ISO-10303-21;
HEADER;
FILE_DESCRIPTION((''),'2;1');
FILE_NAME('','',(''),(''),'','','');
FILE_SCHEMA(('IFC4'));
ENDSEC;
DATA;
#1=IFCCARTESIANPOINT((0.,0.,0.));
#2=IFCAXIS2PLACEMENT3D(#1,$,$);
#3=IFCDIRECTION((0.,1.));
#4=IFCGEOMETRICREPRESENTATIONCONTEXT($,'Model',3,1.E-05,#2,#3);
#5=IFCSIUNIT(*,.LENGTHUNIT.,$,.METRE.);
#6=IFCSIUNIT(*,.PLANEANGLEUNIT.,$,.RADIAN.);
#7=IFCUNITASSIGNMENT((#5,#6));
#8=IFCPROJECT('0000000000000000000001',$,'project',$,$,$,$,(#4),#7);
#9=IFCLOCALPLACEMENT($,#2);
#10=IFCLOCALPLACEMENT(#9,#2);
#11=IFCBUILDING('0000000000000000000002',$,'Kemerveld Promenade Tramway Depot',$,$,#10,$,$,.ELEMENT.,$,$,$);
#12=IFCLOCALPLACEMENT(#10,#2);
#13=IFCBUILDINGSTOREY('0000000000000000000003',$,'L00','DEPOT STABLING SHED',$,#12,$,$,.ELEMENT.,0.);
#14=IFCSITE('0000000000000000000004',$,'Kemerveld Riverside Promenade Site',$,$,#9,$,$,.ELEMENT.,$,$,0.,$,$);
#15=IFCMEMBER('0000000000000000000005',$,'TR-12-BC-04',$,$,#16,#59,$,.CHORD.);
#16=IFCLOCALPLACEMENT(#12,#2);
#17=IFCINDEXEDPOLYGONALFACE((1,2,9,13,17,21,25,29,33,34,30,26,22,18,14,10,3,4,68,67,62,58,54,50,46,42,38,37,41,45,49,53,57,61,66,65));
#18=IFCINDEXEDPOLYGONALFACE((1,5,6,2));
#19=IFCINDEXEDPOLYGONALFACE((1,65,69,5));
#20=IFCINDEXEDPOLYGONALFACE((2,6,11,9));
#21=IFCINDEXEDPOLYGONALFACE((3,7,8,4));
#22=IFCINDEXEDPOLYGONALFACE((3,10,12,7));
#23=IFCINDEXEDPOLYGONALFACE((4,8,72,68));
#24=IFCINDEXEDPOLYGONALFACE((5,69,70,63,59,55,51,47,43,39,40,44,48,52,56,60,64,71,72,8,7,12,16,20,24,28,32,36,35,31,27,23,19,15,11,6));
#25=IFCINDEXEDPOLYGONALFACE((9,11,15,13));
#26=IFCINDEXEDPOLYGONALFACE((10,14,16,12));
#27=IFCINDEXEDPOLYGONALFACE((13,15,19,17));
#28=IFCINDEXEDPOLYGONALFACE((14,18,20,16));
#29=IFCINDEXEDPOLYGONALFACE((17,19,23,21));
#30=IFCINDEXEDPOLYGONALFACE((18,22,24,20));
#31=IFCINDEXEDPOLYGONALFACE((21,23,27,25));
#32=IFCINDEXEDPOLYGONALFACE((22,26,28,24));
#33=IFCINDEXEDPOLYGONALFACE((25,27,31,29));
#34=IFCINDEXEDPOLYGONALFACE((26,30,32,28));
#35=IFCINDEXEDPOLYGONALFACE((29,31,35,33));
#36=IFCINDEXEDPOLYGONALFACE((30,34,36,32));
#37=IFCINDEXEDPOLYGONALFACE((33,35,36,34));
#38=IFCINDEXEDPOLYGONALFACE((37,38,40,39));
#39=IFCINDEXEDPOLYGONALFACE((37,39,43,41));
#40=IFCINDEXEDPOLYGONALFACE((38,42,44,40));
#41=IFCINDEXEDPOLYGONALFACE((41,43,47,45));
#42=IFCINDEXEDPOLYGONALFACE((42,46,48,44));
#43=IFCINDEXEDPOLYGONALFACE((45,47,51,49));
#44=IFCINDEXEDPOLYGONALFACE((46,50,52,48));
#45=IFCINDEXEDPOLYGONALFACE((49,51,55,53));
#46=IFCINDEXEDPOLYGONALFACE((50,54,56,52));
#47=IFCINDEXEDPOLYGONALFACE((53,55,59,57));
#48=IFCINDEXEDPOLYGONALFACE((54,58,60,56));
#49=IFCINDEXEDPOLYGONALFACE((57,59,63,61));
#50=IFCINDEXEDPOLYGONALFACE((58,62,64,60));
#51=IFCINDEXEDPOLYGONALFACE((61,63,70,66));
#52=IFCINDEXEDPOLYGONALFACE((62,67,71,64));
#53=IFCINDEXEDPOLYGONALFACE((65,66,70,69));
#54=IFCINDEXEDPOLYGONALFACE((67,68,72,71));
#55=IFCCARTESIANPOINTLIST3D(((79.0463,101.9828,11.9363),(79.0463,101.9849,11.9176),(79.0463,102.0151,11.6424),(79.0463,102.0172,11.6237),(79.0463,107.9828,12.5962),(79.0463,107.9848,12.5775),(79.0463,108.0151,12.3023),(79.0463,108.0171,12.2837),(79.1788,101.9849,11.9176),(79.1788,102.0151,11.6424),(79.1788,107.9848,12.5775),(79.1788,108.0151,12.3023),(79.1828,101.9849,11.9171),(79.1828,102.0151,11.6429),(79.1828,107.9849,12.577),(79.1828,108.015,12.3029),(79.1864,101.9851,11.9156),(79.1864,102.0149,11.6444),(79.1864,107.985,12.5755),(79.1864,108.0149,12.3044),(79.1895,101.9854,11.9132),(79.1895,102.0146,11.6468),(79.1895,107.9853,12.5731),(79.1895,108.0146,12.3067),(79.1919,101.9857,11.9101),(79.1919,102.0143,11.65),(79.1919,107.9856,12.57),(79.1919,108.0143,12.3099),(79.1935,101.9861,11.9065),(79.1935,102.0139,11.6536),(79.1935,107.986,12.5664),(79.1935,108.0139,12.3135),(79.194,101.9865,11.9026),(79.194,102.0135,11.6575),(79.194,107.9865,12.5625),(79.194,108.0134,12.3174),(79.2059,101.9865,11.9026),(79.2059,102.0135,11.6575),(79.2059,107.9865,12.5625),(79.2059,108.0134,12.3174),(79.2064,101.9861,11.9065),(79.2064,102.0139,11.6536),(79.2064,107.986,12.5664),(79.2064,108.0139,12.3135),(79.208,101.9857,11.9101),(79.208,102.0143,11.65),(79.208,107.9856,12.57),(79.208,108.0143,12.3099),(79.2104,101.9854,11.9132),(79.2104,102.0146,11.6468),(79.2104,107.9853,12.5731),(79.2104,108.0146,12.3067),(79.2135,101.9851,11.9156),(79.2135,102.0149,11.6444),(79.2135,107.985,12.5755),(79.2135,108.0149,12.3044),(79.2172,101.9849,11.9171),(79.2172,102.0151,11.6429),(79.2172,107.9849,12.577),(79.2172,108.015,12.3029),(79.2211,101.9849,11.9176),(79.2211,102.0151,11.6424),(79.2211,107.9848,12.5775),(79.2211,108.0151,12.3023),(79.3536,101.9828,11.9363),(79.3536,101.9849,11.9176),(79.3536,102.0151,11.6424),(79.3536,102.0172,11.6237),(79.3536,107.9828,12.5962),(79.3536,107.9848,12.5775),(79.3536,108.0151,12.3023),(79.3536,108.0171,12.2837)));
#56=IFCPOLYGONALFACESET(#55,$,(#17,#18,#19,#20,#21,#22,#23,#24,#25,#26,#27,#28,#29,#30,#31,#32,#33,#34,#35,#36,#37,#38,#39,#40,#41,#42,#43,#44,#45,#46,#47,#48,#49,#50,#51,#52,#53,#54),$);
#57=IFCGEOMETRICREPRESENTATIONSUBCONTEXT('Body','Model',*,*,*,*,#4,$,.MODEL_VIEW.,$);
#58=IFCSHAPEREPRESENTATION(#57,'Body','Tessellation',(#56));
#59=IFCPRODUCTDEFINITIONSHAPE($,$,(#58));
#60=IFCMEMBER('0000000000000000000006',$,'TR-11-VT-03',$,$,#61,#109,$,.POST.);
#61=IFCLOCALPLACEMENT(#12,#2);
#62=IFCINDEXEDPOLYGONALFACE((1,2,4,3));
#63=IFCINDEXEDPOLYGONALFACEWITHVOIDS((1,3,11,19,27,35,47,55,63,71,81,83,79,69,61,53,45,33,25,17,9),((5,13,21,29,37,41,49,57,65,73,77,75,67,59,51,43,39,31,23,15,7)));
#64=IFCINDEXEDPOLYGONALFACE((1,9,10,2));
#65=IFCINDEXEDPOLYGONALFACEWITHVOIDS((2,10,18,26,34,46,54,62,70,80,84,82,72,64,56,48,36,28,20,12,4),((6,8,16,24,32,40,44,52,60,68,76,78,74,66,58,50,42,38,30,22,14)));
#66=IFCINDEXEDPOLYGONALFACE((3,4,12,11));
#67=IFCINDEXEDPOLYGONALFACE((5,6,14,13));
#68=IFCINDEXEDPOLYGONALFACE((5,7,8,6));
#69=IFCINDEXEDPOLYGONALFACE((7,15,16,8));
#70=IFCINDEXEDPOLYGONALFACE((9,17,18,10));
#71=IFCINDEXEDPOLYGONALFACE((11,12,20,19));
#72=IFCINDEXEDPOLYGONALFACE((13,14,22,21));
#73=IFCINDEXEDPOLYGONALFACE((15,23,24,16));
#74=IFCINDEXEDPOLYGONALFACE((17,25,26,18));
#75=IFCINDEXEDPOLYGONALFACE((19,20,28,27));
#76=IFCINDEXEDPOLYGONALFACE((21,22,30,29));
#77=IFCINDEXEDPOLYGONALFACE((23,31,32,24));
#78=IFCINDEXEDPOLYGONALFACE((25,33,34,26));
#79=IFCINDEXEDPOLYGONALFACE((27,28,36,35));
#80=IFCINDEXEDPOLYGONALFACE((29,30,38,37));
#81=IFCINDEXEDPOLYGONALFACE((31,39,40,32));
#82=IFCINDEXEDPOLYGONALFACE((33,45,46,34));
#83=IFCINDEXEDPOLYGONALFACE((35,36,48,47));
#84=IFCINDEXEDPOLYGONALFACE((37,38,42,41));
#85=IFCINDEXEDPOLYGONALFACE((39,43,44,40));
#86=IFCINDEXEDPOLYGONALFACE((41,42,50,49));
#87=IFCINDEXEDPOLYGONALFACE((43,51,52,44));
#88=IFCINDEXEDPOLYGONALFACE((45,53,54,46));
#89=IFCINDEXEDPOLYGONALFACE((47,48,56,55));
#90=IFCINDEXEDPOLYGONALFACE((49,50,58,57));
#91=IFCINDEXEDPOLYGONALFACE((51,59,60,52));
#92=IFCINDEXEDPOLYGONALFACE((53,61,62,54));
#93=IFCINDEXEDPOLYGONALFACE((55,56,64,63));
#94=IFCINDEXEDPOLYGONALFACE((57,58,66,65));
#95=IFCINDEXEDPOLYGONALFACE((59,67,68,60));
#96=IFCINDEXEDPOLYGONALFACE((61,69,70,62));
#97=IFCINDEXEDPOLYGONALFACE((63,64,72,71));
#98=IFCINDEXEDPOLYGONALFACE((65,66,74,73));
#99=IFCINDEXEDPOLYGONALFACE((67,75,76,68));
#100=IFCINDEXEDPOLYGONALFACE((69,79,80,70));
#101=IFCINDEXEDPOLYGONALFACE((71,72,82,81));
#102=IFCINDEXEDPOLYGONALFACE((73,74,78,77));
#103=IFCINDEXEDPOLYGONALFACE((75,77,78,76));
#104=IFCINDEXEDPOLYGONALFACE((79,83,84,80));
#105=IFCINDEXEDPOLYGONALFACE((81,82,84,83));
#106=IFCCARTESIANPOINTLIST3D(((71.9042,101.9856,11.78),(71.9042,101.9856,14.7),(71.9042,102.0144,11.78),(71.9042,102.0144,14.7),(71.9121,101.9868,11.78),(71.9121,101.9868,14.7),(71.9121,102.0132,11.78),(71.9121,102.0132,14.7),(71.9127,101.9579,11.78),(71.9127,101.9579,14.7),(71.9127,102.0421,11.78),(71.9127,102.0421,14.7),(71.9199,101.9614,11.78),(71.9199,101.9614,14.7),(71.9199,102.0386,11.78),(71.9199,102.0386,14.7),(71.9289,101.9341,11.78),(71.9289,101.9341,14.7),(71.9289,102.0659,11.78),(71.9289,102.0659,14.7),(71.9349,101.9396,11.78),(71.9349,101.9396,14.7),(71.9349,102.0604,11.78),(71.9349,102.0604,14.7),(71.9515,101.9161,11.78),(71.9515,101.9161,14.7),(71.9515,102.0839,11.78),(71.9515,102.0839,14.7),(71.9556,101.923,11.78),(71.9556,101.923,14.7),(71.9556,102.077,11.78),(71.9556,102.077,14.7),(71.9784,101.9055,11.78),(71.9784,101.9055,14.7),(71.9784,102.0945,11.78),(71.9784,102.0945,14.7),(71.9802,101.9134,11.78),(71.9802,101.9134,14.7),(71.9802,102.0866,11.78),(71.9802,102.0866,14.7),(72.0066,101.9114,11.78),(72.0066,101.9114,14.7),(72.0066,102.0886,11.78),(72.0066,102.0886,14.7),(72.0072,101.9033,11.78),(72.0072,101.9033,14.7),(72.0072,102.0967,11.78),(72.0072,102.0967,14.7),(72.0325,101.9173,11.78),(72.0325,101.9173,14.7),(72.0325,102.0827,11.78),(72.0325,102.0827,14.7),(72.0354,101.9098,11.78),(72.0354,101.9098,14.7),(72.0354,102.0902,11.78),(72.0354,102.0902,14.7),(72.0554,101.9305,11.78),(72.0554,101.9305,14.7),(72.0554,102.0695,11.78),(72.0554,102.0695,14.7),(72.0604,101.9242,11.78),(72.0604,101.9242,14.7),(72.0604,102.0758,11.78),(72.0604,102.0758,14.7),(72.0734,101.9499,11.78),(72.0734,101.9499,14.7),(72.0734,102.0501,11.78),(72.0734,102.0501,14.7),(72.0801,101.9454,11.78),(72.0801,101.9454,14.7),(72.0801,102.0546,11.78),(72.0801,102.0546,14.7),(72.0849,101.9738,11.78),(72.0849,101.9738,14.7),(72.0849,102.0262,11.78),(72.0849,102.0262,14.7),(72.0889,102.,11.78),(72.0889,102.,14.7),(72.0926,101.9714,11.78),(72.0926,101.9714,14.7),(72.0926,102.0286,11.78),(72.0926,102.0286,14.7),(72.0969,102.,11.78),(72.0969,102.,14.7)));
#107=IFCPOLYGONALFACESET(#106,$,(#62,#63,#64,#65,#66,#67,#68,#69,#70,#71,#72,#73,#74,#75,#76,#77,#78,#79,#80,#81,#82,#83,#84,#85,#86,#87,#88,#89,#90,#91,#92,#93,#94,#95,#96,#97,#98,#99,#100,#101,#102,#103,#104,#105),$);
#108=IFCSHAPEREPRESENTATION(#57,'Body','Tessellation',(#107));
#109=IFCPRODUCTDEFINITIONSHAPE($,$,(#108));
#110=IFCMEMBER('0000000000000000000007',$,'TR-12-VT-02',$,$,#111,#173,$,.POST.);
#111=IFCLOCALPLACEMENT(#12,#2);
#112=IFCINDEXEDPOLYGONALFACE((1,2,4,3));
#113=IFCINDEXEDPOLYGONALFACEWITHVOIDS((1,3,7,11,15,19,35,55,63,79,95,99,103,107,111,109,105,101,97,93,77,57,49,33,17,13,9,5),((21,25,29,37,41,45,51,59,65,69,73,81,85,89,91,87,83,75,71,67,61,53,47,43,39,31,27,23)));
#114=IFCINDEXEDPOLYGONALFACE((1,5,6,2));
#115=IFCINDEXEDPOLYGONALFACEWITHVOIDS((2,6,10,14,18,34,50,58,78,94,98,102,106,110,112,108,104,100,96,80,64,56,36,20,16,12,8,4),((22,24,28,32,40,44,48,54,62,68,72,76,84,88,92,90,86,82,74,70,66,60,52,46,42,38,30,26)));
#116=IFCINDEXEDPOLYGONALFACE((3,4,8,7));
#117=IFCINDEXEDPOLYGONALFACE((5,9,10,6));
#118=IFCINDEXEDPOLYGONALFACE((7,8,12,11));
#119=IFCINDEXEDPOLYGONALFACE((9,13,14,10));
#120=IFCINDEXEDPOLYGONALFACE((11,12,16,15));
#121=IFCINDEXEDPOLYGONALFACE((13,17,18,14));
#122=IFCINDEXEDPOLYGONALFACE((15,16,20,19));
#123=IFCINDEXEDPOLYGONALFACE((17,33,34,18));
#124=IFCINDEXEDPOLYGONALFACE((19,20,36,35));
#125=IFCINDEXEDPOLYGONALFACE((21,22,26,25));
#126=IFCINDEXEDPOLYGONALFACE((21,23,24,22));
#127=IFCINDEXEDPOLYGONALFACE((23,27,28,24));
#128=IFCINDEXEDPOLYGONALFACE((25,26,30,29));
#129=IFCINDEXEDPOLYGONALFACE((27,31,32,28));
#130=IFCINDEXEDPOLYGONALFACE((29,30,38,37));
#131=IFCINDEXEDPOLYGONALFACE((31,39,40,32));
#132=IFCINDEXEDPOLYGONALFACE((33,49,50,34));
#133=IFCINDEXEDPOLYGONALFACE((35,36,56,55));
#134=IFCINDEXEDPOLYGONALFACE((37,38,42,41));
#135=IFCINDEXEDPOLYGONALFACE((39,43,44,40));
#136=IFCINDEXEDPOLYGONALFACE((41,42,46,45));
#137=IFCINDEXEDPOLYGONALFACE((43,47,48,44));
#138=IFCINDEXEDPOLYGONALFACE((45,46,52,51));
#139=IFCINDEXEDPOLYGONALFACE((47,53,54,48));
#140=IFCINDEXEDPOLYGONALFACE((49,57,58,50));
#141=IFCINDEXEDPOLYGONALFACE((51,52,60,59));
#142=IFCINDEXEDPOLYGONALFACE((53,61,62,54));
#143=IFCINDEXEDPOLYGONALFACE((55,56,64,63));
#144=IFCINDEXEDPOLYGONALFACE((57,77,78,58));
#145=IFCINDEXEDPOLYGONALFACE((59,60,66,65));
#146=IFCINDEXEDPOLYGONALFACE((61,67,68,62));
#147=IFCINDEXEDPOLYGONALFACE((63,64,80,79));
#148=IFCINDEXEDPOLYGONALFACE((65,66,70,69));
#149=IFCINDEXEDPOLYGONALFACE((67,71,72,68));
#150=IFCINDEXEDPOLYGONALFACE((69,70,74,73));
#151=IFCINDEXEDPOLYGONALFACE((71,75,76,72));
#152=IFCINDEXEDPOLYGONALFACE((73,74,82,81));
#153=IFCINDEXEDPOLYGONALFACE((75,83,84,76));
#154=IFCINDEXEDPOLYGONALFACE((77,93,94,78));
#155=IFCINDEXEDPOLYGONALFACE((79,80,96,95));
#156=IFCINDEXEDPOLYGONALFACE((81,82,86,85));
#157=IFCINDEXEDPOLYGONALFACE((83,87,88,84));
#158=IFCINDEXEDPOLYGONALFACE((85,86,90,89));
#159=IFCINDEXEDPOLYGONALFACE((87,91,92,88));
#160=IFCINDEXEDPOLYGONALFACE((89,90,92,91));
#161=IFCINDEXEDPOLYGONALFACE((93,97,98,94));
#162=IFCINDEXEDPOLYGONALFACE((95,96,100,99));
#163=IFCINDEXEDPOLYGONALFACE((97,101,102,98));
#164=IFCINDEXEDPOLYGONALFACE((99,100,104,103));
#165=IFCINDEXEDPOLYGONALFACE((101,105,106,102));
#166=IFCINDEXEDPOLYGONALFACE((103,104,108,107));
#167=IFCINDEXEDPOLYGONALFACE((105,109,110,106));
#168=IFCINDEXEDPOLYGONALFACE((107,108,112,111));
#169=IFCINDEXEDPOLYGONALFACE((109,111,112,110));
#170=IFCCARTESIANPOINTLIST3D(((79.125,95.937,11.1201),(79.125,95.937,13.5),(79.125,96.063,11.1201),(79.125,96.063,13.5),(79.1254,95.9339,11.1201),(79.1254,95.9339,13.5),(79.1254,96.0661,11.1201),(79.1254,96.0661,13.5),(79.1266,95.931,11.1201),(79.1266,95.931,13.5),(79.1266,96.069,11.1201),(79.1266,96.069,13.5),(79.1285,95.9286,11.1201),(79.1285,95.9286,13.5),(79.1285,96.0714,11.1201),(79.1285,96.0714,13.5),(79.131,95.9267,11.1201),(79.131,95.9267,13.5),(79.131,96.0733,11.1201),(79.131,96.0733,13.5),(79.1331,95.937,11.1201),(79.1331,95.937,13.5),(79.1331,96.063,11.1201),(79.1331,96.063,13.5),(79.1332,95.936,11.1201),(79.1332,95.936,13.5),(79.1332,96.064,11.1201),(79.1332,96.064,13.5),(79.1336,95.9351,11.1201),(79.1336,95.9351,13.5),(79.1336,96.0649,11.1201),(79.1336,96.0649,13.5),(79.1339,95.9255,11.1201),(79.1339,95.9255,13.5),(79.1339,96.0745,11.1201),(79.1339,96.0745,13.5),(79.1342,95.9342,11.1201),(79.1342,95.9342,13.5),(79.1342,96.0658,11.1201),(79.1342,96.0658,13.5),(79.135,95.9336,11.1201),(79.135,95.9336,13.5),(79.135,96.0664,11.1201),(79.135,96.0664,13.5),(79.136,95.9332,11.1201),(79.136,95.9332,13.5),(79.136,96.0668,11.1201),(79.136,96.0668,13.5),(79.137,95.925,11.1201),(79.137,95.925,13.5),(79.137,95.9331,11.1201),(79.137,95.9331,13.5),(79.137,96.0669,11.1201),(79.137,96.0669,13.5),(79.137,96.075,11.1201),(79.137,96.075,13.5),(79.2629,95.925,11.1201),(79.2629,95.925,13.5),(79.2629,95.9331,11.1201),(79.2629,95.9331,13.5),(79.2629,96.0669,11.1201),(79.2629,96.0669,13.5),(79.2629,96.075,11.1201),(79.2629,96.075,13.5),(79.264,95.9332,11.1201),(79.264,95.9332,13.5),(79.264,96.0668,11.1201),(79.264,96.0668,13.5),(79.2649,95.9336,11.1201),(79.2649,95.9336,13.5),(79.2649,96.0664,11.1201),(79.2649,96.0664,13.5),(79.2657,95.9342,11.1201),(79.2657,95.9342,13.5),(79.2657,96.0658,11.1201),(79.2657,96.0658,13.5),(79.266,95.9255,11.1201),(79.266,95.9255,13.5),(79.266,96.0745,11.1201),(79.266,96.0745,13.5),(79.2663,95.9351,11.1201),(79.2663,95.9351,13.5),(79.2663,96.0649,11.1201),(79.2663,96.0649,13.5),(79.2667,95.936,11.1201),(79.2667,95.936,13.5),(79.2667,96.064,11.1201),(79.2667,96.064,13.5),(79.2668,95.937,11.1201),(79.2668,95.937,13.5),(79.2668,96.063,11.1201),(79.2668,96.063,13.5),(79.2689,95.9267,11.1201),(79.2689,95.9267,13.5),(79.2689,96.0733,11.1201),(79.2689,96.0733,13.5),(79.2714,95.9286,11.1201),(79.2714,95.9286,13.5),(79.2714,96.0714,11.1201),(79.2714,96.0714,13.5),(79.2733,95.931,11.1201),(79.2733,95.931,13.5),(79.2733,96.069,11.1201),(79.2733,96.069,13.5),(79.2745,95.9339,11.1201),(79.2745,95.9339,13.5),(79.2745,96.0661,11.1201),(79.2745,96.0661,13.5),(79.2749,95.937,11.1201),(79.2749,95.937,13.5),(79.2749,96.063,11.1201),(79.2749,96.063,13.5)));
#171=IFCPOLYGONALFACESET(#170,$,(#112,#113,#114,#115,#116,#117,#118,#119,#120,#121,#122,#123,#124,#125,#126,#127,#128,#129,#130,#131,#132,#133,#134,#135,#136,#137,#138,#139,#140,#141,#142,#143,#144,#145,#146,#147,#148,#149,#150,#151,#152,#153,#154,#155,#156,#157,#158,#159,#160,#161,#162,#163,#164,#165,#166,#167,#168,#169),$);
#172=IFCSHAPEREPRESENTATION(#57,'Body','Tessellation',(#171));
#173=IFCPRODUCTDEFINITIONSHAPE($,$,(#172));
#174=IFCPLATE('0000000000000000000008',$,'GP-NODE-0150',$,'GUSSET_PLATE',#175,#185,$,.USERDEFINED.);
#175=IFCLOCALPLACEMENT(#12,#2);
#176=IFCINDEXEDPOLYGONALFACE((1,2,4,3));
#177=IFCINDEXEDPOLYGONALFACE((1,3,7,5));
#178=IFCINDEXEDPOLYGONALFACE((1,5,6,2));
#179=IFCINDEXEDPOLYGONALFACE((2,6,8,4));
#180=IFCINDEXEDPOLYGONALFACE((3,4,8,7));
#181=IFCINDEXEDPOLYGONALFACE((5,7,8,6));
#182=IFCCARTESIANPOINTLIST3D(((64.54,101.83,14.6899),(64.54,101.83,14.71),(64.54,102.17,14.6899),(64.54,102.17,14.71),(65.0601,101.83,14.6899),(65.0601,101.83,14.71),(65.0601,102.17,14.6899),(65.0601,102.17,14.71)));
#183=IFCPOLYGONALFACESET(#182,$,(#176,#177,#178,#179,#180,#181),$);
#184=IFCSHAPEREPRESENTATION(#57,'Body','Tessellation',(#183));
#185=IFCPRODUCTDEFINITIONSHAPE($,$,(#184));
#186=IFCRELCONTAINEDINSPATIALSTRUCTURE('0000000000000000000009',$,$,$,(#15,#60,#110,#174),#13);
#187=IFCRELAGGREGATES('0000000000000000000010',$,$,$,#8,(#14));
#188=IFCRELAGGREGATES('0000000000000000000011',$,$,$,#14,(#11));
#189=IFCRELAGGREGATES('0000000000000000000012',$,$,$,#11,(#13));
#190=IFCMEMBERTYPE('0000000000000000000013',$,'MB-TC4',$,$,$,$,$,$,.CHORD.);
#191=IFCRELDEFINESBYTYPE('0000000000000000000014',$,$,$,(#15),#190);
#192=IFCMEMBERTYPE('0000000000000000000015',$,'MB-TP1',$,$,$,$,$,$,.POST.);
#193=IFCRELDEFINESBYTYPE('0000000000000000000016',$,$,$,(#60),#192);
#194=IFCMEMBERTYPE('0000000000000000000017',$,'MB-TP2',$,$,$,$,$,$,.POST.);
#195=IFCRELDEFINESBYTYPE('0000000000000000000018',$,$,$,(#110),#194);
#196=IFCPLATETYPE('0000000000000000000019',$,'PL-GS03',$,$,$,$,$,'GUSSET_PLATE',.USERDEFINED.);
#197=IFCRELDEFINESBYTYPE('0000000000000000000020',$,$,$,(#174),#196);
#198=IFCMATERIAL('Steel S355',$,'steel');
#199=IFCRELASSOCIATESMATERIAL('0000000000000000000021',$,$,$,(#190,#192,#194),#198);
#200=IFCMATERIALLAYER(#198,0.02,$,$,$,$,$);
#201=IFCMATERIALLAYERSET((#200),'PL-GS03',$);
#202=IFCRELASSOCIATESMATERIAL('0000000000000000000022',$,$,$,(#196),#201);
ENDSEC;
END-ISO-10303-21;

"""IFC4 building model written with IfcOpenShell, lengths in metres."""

from ifc_helpers import new_model, si_unit, direction, frame, origin, origin_2d, place, context, subcontext, project, spatial, rectangle, hollow_rectangle, hollow_circle, i_section, extrude, material, layer, layer_set, material_profile, profile_set, type_object, element, save


model = new_model("IFC4")

# Units and contexts
model_context = context("Model", 3, precision=1e-05, world=origin(), true_north=direction((0.0, 1.0)))
body_context = subcontext(model_context, "Body", "Model", "MODEL_VIEW")
ifc_project = project(units=[si_unit("LENGTHUNIT", "METRE"), si_unit("PLANEANGLEUNIT", "RADIAN")], contexts=[model_context])

# Site, building, storey
site_placement = place(None, origin())
site = spatial("IfcSite", under=ifc_project, at=site_placement, Name="Kemerveld Riverside Promenade Site", CompositionType="ELEMENT", RefElevation=0.0)
building_placement = place(site_placement, origin())
building = spatial("IfcBuilding", under=site, at=building_placement, Name="Kemerveld Promenade Tramway Depot", CompositionType="ELEMENT")
storey_placement = place(building_placement, origin())
storey = spatial("IfcBuildingStorey", under=building, at=storey_placement, Name="L00", Description="DEPOT STABLING SHED", CompositionType="ELEMENT", Elevation=0.0)

# Members
ifc_material_1 = material(Name="Steel S355", Category="steel")
ifc_material_profile_1 = material_profile(ifc_material_1, i_section(OverallWidth=0.3074, OverallDepth=0.3145, WebThickness=0.012, FlangeThickness=0.0188, FilletRadius=0.0151, at=origin_2d()), Name="305x305x118 UC")
ifc_profile_set_1 = profile_set([ifc_material_profile_1], Name="Steel S355")
member_type_1 = type_object("IfcMemberType", Name="MB-TC4", PredefinedType="CHORD", material=ifc_profile_set_1)
for number, where, z_axis, x_axis, name in (
    (1, (79.2, 102.0, 11.78), (0.0, 0.994006, 0.109326), (-1.0, 0.0, 0.0), "TR-12-BC-04"),
):
    element("IfcMember", number, at=place(storey_placement, frame(where, z_axis=z_axis, x_axis=x_axis)), inside=storey, type_object=member_type_1, Name=name, PredefinedType="CHORD", context=body_context, shape_type="SweptSolid", body=[
        extrude(i_section(OverallWidth=0.3074, OverallDepth=0.3145, WebThickness=0.012, FlangeThickness=0.0188, FilletRadius=0.0151, at=origin_2d()), origin(), (0.0, 0.0, 1.0), 6.0361),
    ])
ifc_material_profile_2 = material_profile(ifc_material_1, hollow_circle(Radius=0.0969, WallThickness=0.0081, at=origin_2d()), Name="193.7x8.0 CHS")
ifc_profile_set_2 = profile_set([ifc_material_profile_2], Name="Steel S355")
member_type_2 = type_object("IfcMemberType", Name="MB-TP1", PredefinedType="POST", material=ifc_profile_set_2)
member_1_placement = place(storey_placement, frame((72.0, 102.0, 11.78), z_axis=(0.0, 0.0, 1.0), x_axis=(1.0, 0.0, 0.0)))
element("IfcMember", 2, at=member_1_placement, inside=storey, type_object=member_type_2, Name="TR-11-VT-03", PredefinedType="POST", context=body_context, shape_type="SweptSolid", body=[
    extrude(hollow_circle(Radius=0.0969, WallThickness=0.0081, at=origin_2d()), origin(), (0.0, 0.0, 1.0), 2.9199),
])
ifc_material_profile_3 = material_profile(ifc_material_1, hollow_rectangle(XDim=0.1499, YDim=0.1499, WallThickness=0.0081, InnerFilletRadius=0.0039, OuterFilletRadius=0.012, at=origin_2d()), Name="150x150x8.0 SHS")
ifc_profile_set_3 = profile_set([ifc_material_profile_3], Name="Steel S355")
member_type_3 = type_object("IfcMemberType", Name="MB-TP2", PredefinedType="POST", material=ifc_profile_set_3)
member_2_placement = place(storey_placement, frame((79.2, 96.0, 11.1201), z_axis=(0.0, 0.0, 1.0), x_axis=(1.0, 0.0, 0.0)))
element("IfcMember", 3, at=member_2_placement, inside=storey, type_object=member_type_3, Name="TR-12-VT-02", PredefinedType="POST", context=body_context, shape_type="SweptSolid", body=[
    extrude(hollow_rectangle(XDim=0.1499, YDim=0.1499, WallThickness=0.0081, InnerFilletRadius=0.0039, OuterFilletRadius=0.012, at=origin_2d()), origin(), (0.0, 0.0, 1.0), 2.3799),
])

# Plate
ifc_layer_1 = layer(ifc_material_1, 0.02)
ifc_layer_set_1 = layer_set([ifc_layer_1], Name="PL-GS03")
plate_type_1 = type_object("IfcPlateType", Name="PL-GS03", ElementType="GUSSET_PLATE", PredefinedType="USERDEFINED", material=ifc_layer_set_1)
for number, where, z_axis, x_axis, name in (
    (4, (64.8, 102.0, 14.6899), (0.0, 0.0, 1.0), (1.0, 0.0, 0.0), "GP-NODE-0150"),
):
    element("IfcPlate", number, at=place(storey_placement, frame(where, z_axis=z_axis, x_axis=x_axis)), inside=storey, type_object=plate_type_1, Name=name, ObjectType="GUSSET_PLATE", PredefinedType="USERDEFINED", context=body_context, shape_type="SweptSolid", body=[
        extrude(rectangle(XDim=0.52, YDim=0.3401, at=origin_2d()), origin(), (0.0, 0.0, 1.0), 0.02),
    ])

save(model, "model.ifc")
